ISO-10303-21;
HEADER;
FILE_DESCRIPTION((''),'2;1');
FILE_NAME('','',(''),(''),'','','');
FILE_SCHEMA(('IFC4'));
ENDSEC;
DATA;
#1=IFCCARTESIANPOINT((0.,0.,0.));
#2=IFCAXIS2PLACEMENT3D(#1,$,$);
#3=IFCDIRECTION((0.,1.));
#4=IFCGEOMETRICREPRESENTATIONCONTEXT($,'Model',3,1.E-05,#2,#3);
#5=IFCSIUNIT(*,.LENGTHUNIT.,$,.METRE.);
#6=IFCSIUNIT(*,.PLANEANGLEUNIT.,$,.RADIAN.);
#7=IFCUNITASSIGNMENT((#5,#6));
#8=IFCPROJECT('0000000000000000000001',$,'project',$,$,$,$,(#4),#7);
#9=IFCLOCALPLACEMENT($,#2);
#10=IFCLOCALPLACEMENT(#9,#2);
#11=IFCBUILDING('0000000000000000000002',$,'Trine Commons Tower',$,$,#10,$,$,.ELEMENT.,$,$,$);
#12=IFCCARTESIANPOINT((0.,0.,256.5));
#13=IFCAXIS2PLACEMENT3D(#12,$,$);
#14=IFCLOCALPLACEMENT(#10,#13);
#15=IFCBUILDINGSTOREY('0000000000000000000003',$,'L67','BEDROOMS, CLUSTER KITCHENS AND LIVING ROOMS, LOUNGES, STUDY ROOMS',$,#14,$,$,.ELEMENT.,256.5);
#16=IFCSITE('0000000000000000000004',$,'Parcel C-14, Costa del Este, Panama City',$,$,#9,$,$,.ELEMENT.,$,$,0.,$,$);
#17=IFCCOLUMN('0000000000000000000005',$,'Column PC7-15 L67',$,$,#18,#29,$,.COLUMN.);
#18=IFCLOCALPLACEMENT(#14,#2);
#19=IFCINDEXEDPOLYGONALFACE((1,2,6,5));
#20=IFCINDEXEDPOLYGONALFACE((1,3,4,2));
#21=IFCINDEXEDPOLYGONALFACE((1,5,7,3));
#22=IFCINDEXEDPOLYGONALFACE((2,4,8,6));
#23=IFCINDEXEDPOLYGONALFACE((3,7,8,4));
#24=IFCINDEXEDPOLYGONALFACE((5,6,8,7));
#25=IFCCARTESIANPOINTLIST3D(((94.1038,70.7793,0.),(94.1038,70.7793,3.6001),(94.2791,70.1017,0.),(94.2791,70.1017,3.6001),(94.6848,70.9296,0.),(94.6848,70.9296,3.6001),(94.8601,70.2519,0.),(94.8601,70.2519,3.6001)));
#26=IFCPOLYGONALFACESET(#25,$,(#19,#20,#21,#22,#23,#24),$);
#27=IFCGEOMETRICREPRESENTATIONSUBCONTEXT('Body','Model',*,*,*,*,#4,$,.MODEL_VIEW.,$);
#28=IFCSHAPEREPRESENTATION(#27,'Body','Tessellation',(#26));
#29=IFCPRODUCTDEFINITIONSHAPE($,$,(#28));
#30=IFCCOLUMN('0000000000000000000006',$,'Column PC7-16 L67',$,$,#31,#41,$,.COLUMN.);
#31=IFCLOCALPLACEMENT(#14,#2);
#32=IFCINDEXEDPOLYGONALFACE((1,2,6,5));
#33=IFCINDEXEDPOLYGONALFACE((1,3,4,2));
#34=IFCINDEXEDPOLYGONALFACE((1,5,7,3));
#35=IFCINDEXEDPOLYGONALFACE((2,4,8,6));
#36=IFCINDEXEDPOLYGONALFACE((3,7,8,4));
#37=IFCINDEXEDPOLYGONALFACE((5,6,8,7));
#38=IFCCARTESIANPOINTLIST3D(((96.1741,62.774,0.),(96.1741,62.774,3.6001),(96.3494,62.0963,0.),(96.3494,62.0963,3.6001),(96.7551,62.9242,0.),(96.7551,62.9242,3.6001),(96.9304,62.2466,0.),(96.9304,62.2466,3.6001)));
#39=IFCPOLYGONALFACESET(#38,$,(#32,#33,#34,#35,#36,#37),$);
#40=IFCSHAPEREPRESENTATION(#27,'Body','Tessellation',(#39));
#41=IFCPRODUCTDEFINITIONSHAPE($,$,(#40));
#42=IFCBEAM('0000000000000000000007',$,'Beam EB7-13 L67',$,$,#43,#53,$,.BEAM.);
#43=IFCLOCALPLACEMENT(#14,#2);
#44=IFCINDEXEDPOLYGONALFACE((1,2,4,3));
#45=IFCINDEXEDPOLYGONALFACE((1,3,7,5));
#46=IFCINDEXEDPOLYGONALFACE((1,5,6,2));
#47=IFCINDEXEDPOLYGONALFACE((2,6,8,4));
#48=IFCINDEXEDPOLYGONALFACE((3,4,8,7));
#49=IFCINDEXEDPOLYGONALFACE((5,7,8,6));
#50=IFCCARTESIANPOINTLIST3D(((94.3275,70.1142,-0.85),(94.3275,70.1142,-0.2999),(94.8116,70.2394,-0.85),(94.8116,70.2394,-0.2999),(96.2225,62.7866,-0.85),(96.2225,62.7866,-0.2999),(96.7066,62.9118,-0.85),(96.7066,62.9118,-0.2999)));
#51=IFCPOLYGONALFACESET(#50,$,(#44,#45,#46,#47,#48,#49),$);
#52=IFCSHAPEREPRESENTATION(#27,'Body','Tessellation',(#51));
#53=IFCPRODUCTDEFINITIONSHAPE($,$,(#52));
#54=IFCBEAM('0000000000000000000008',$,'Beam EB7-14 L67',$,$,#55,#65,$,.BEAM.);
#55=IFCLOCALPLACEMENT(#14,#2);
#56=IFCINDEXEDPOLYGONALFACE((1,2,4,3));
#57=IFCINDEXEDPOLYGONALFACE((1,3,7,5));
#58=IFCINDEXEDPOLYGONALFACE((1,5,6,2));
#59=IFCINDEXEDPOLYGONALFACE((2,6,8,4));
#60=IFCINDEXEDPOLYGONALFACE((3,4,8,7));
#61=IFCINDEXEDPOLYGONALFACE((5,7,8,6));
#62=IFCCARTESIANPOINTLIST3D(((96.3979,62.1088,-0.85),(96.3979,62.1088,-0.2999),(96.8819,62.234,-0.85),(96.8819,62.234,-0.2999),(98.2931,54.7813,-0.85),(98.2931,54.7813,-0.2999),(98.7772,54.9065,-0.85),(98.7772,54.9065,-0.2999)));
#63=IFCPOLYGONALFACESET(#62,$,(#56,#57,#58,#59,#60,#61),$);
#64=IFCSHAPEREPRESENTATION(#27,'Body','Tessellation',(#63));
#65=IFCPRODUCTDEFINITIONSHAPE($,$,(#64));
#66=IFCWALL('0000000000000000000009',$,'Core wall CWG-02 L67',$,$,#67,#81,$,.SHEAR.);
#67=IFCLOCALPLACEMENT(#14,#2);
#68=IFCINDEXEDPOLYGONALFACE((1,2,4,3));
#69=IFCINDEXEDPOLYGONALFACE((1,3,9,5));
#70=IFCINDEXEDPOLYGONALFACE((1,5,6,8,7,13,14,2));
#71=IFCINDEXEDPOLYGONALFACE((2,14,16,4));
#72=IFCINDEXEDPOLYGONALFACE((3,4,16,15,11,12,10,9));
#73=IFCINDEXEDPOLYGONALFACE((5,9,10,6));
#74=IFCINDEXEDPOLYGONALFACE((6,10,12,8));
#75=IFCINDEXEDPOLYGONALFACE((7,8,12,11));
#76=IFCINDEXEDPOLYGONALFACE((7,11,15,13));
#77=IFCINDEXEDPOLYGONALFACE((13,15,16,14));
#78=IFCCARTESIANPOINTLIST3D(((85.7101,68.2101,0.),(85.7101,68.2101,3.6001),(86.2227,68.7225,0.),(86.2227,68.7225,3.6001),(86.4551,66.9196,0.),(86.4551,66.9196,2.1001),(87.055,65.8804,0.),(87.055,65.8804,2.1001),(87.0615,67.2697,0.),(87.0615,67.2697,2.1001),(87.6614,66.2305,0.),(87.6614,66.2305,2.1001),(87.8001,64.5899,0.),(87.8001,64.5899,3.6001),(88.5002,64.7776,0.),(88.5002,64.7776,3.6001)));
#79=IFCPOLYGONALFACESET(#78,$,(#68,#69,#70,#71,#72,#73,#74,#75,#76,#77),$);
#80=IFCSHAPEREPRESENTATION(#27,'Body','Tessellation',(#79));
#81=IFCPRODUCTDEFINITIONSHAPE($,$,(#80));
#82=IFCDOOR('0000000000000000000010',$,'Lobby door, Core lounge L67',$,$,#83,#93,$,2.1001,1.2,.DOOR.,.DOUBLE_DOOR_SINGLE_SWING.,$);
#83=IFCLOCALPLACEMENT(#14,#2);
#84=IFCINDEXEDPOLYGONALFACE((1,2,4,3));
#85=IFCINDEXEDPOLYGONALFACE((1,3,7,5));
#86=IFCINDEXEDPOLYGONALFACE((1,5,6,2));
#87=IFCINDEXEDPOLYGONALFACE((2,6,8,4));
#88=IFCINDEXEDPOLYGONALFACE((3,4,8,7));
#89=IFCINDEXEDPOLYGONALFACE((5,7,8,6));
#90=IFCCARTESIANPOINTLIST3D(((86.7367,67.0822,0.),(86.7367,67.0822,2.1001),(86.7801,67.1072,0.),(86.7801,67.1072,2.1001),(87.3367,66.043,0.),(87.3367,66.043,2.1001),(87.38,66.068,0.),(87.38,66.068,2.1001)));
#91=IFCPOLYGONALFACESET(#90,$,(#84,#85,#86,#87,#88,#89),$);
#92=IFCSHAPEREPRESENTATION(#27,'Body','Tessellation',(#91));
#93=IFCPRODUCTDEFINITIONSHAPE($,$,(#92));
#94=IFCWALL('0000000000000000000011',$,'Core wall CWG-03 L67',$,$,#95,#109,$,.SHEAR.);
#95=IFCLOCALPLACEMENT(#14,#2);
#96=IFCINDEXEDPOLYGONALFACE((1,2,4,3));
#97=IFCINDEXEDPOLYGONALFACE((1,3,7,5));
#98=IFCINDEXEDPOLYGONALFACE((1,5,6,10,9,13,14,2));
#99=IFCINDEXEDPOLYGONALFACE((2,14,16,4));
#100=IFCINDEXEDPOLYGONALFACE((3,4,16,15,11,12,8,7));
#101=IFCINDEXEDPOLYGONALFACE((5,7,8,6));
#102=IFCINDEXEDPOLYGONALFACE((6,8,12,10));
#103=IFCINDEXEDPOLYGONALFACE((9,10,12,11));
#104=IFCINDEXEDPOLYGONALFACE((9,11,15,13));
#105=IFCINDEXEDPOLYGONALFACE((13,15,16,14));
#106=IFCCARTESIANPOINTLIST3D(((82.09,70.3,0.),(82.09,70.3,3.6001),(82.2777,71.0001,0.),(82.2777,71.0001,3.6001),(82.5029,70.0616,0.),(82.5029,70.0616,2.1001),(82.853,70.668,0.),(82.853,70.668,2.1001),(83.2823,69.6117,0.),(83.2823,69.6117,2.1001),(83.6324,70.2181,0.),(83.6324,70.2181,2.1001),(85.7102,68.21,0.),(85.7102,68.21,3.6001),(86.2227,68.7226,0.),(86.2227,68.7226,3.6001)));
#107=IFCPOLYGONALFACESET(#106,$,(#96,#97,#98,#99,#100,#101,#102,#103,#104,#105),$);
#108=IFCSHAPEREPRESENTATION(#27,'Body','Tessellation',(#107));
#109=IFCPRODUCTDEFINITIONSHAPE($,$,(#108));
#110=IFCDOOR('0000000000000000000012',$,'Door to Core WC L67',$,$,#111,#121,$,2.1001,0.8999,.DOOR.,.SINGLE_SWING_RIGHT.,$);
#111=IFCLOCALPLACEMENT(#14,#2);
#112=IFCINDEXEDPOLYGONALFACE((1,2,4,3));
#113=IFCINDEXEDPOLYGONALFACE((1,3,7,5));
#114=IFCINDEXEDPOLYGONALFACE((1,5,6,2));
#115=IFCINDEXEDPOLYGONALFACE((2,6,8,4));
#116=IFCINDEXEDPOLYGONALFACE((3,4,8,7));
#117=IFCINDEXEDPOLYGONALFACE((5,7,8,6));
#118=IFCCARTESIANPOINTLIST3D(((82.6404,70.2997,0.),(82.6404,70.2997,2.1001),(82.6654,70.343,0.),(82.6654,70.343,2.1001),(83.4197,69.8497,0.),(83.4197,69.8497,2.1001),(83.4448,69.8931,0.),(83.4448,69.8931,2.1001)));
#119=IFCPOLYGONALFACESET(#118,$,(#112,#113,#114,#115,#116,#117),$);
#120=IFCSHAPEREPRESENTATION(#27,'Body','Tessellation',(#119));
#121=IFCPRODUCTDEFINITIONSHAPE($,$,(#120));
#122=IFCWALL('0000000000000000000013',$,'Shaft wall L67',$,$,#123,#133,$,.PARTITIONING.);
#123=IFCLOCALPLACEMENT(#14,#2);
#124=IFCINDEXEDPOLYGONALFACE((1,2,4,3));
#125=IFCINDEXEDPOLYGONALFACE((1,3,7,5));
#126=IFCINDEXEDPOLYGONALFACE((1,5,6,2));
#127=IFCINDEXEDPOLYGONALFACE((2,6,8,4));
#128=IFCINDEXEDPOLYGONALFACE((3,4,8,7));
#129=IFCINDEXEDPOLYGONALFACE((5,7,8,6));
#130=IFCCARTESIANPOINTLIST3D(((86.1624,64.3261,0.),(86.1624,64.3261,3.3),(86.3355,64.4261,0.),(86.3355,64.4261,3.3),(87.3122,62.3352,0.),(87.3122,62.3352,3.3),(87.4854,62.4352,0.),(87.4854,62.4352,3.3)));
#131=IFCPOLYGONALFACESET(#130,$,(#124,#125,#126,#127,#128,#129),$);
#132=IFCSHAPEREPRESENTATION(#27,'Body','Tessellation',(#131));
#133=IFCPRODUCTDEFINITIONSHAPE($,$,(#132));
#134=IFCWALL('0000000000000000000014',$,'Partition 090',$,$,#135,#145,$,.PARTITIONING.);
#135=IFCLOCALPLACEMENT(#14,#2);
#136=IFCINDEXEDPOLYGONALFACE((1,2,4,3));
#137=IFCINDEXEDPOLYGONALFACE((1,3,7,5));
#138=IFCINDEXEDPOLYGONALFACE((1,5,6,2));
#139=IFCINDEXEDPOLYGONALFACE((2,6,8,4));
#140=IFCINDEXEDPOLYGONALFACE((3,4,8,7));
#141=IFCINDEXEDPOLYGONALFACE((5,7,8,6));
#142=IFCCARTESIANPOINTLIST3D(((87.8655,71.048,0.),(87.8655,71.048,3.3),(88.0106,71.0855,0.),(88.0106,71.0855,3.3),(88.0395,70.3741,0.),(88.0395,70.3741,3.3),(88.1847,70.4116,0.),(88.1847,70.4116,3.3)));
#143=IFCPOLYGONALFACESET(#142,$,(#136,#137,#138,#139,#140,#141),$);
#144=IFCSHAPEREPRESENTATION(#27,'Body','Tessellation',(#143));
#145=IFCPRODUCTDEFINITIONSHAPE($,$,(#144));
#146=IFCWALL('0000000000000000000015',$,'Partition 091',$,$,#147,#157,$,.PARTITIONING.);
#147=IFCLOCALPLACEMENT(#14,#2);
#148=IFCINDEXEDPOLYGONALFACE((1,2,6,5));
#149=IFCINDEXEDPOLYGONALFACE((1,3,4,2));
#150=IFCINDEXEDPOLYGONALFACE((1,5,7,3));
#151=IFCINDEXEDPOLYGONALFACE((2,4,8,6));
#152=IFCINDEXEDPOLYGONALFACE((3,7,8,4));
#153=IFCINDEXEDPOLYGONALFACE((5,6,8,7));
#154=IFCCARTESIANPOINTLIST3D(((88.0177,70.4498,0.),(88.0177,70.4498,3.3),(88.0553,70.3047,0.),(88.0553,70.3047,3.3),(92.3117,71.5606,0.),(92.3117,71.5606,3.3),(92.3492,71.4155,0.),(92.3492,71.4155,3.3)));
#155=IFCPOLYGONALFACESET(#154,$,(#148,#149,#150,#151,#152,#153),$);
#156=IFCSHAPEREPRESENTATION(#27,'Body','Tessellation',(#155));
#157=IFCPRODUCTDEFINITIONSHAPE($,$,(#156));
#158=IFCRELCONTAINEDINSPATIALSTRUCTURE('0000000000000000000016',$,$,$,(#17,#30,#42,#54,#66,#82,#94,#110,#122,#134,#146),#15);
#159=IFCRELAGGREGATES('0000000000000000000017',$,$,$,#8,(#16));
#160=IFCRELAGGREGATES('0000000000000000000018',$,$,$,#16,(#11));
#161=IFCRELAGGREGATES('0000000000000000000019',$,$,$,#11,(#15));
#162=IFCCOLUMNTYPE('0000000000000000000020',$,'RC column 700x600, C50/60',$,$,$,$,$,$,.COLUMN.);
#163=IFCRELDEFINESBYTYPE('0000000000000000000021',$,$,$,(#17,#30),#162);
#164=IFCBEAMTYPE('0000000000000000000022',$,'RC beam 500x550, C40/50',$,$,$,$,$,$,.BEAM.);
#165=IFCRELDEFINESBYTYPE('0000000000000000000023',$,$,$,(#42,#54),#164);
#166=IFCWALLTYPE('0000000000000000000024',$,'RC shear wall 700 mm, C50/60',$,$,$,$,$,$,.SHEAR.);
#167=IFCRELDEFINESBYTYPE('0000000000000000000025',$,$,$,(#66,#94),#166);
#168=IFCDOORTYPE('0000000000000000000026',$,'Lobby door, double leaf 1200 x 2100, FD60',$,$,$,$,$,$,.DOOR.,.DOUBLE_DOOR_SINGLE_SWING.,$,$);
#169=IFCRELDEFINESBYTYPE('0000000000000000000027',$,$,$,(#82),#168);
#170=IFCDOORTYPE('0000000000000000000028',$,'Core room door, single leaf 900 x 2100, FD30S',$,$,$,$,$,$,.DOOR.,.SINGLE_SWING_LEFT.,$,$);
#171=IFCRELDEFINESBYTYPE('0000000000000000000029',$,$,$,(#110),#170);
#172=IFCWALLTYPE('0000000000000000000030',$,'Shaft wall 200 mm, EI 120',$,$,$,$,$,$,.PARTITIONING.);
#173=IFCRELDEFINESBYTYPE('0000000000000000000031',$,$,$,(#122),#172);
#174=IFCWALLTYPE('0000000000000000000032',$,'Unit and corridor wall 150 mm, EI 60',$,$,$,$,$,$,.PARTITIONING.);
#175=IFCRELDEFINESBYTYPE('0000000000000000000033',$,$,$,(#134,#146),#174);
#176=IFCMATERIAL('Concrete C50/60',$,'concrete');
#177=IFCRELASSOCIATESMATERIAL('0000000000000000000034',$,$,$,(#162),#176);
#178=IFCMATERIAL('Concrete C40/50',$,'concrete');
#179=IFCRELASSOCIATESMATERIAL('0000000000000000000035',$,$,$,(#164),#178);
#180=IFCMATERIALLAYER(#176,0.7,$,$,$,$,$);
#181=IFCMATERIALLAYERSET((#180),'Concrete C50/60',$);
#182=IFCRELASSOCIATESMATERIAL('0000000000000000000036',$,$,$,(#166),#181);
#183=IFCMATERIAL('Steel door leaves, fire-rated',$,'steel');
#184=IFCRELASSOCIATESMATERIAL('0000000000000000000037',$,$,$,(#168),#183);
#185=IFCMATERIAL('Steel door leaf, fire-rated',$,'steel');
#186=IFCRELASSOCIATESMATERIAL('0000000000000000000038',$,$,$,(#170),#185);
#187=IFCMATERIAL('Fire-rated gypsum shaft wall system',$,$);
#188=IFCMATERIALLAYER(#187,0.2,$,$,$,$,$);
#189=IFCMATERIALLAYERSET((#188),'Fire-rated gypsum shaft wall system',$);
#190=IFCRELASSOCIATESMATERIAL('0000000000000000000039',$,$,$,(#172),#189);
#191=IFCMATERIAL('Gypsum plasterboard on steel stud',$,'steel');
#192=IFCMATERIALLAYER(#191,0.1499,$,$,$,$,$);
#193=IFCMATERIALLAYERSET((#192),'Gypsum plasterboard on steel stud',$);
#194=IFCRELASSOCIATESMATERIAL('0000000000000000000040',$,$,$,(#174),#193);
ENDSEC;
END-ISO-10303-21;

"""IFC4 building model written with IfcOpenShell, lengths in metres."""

from ifc_helpers import new_model, si_unit, direction, frame, frame_2d, origin, origin_2d, place, context, subcontext, project, spatial, polyline, rectangle, outline, extrude, material, layer, layer_set, material_profile, profile_set, type_object, element, fill, save


model = new_model("IFC4")

# Units and contexts
model_context = context("Model", 3, precision=1e-05, world=origin(), true_north=direction((0.0, 1.0)))
body_context = subcontext(model_context, "Body", "Model", "MODEL_VIEW")
ifc_project = project(units=[si_unit("LENGTHUNIT", "METRE"), si_unit("PLANEANGLEUNIT", "RADIAN")], contexts=[model_context])

# Site, building, storey
site_placement = place(None, origin())
site = spatial("IfcSite", under=ifc_project, at=site_placement, Name="Parcel C-14, Costa del Este, Panama City", CompositionType="ELEMENT", RefElevation=0.0)
building_placement = place(site_placement, origin())
building = spatial("IfcBuilding", under=site, at=building_placement, Name="Trine Commons Tower", CompositionType="ELEMENT")
storey_placement = place(building_placement, frame((0.0, 0.0, 256.5)))
storey = spatial("IfcBuildingStorey", under=building, at=storey_placement, Name="L67", Description="BEDROOMS, CLUSTER KITCHENS AND LIVING ROOMS, LOUNGES, STUDY ROOMS", CompositionType="ELEMENT", Elevation=256.5)

# Columns
ifc_material_1 = material(Name="Concrete C50/60", Category="concrete")
ifc_material_profile_1 = material_profile(ifc_material_1, rectangle(XDim=0.7, YDim=0.6001, at=origin_2d()), Name="RC 700x600")
ifc_profile_set_1 = profile_set([ifc_material_profile_1], Name="Concrete C50/60")
column_type = type_object("IfcColumnType", Name="RC column 700x600, C50/60", PredefinedType="COLUMN", material=ifc_profile_set_1)
for number, where, z_axis, x_axis, name in (
    (1, (94.4819, 70.5156, 0.0), (0.0, 0.0, 1.0), (-0.25038, 0.968148, 0.0), "Column PC7-15 L67"),
    (2, (96.5522, 62.5103, 0.0), (0.0, 0.0, 1.0), (-0.25038, 0.968148, 0.0), "Column PC7-16 L67"),
):
    element("IfcColumn", number, at=place(storey_placement, frame(where, z_axis=z_axis, x_axis=x_axis)), inside=storey, type_object=column_type, Name=name, PredefinedType="COLUMN", context=body_context, shape_type="SweptSolid", body=[
        extrude(rectangle(XDim=0.7, YDim=0.6001, at=origin_2d()), origin(), (0.0, 0.0, 1.0), 3.6001),
    ])

# Beams
ifc_material_2 = material(Name="Concrete C40/50", Category="concrete")
ifc_material_profile_2 = material_profile(ifc_material_2, rectangle(XDim=0.5, YDim=0.55, at=origin_2d()), Name="RC 500x550")
ifc_profile_set_2 = profile_set([ifc_material_profile_2], Name="Concrete C40/50")
beam_type = type_object("IfcBeamType", Name="RC beam 500x550, C40/50", PredefinedType="BEAM", material=ifc_profile_set_2)
for number, where, z_axis, x_axis, name in (
    (3, (94.5696, 70.1768, -0.575), (0.250376, -0.968149, 0.0), (0.968149, 0.250376, 0.0), "Beam EB7-13 L67"),
    (4, (96.6399, 62.1714, -0.575), (0.250414, -0.968139, 0.0), (0.968139, 0.250414, 0.0), "Beam EB7-14 L67"),
):
    element("IfcBeam", number, at=place(storey_placement, frame(where, z_axis=z_axis, x_axis=x_axis)), inside=storey, type_object=beam_type, Name=name, PredefinedType="BEAM", context=body_context, shape_type="SweptSolid", body=[
        extrude(rectangle(XDim=0.5, YDim=0.55, at=origin_2d()), origin(), (0.0, 0.0, 1.0), 7.5686),
    ])

# Walls, openings, doors
ifc_layer_1 = layer(ifc_material_1, 0.7)
ifc_layer_set_1 = layer_set([ifc_layer_1], Name="Concrete C50/60")
wall_type_1 = type_object("IfcWallType", Name="RC shear wall 700 mm, C50/60", PredefinedType="SHEAR", material=ifc_layer_set_1)
wall_1_placement = place(storey_placement, frame((88.197, 64.6025, 0.0), z_axis=(0.0, 0.0, 1.0), x_axis=(-0.499984, 0.866035, 0.0)))
wall_1 = element("IfcWall", 5, at=wall_1_placement, inside=storey, type_object=wall_type_1, Name="Core wall CWG-02 L67", PredefinedType="SHEAR", context=body_context, shape_type="SweptSolid", body=[
    extrude(outline(polyline([(0.0, -0.3501), (4.5552, -0.3501), (4.3677, 0.3501), (0.1875, 0.3501), (0.0, -0.3501)])), origin(), (0.0, 0.0, 1.0), 3.6001),
])
opening_1_placement = place(wall_1_placement, frame((1.6775, 0.0, 0.0)))
opening_1 = element("IfcOpeningElement", 6, at=opening_1_placement, cuts=wall_1, PredefinedType="OPENING", context=body_context, shape_type="SweptSolid", body=[
    extrude(rectangle(XDim=1.2, YDim=2.1001, at=frame_2d((0.6001, 1.05))), frame((0.0, 0.3599, 0.0), z_axis=(0.0, -1.0, 0.0), x_axis=(1.0, 0.0, 0.0)), (0.0, 0.0, 1.0), 0.72),
])
ifc_material_3 = material(Name="Steel door leaves, fire-rated", Category="steel")
door_type_1 = type_object("IfcDoorType", Name="Lobby door, double leaf 1200 x 2100, FD60", OperationType="DOUBLE_DOOR_SINGLE_SWING", PredefinedType="DOOR", material=ifc_material_3)
door_1_placement = place(opening_1_placement, origin())
door_1 = element("IfcDoor", 7, at=door_1_placement, inside=storey, type_object=door_type_1, Name="Lobby door, Core lounge L67", OperationType="DOUBLE_DOOR_SINGLE_SWING", OverallHeight=2.1001, OverallWidth=1.2, PredefinedType="DOOR", context=body_context, shape_type="SweptSolid", body=[
    extrude(rectangle(XDim=1.2, YDim=2.1001, at=frame_2d((0.6001, 1.05))), frame((0.0, 0.0249, 0.0), z_axis=(0.0, -1.0, 0.0), x_axis=(1.0, 0.0, 0.0)), (0.0, 0.0, 1.0), 0.05),
])
fill(opening_1, door_1)
wall_2_placement = place(storey_placement, frame((86.0476, 68.4194, 0.0), z_axis=(0.0, 0.0, 1.0), x_axis=(-0.866035, 0.499984, 0.0)))
wall_2 = element("IfcWall", 8, at=wall_2_placement, inside=storey, type_object=wall_type_1, Name="Core wall CWG-03 L67", PredefinedType="SHEAR", context=body_context, shape_type="SweptSolid", body=[
    extrude(outline(polyline([(0.0, -0.3501), (4.5552, -0.3501), (4.3677, 0.3501), (0.1875, 0.3501), (0.0, -0.3501)])), origin(), (0.0, 0.0, 1.0), 3.6001),
])
opening_2_placement = place(wall_2_placement, frame((2.991, 0.0, 0.0)))
opening_2 = element("IfcOpeningElement", 9, at=opening_2_placement, cuts=wall_2, PredefinedType="OPENING", context=body_context, shape_type="SweptSolid", body=[
    extrude(rectangle(XDim=0.8999, YDim=2.1001, at=frame_2d((0.45, 1.05))), frame((0.0, 0.3599, 0.0), z_axis=(0.0, -1.0, 0.0), x_axis=(1.0, 0.0, 0.0)), (0.0, 0.0, 1.0), 0.72),
])
ifc_material_4 = material(Name="Steel door leaf, fire-rated", Category="steel")
door_type_2 = type_object("IfcDoorType", Name="Core room door, single leaf 900 x 2100, FD30S", OperationType="SINGLE_SWING_LEFT", PredefinedType="DOOR", material=ifc_material_4)
door_2_placement = place(opening_2_placement, origin())
door_2 = element("IfcDoor", 10, at=door_2_placement, inside=storey, type_object=door_type_2, Name="Door to Core WC L67", OperationType="SINGLE_SWING_RIGHT", OverallHeight=2.1001, OverallWidth=0.8999, PredefinedType="DOOR", context=body_context, shape_type="SweptSolid", body=[
    extrude(rectangle(XDim=0.8999, YDim=2.1001, at=frame_2d((0.45, 1.05))), frame((0.0, 0.0752, 0.0), z_axis=(0.0, -1.0, 0.0), x_axis=(1.0, 0.0, 0.0)), (0.0, 0.0, 1.0), 0.05),
])
fill(opening_2, door_2)

# Walls
ifc_material_5 = material(Name="Fire-rated gypsum shaft wall system")
ifc_layer_2 = layer(ifc_material_5, 0.2)
ifc_layer_set_2 = layer_set([ifc_layer_2], Name="Fire-rated gypsum shaft wall system")
wall_type_2 = type_object("IfcWallType", Name="Shaft wall 200 mm, EI 120", PredefinedType="PARTITIONING", material=ifc_layer_set_2)
wall_3_placement = place(storey_placement, frame((86.249, 64.376, 0.0), z_axis=(0.0, 0.0, 1.0), x_axis=(0.500136, -0.865947, 0.0)))
element("IfcWall", 11, at=wall_3_placement, inside=storey, type_object=wall_type_2, Name="Shaft wall L67", PredefinedType="PARTITIONING", context=body_context, shape_type="SweptSolid", body=[
    extrude(rectangle(XDim=2.2991, YDim=0.2, at=frame_2d((1.1494, 0.0))), origin(), (0.0, 0.0, 1.0), 3.3),
])
ifc_material_6 = material(Name="Gypsum plasterboard on steel stud", Category="steel")
ifc_layer_3 = layer(ifc_material_6, 0.1499)
ifc_layer_set_3 = layer_set([ifc_layer_3], Name="Gypsum plasterboard on steel stud")
wall_type_3 = type_object("IfcWallType", Name="Unit and corridor wall 150 mm, EI 60", PredefinedType="PARTITIONING", material=ifc_layer_set_3)
wall_4_placement = place(storey_placement, frame((87.938, 71.0669, 0.0), z_axis=(0.0, 0.0, 1.0), x_axis=(0.250122, -0.968214, 0.0)))
element("IfcWall", 12, at=wall_4_placement, inside=storey, type_object=wall_type_3, Name="Partition 090", PredefinedType="PARTITIONING", context=body_context, shape_type="SweptSolid", body=[
    extrude(rectangle(XDim=0.696, YDim=0.1499, at=frame_2d((0.3481, 0.0))), origin(), (0.0, 0.0, 1.0), 3.3),
])
wall_5_placement = place(storey_placement, frame((88.0364, 70.3772, 0.0), z_axis=(0.0, 0.0, 1.0), x_axis=(0.968129, 0.250454, 0.0)))
element("IfcWall", 13, at=wall_5_placement, inside=storey, type_object=wall_type_3, Name="Partition 091", PredefinedType="PARTITIONING", context=body_context, shape_type="SweptSolid", body=[
    extrude(rectangle(XDim=4.4353, YDim=0.1499, at=frame_2d((2.2178, 0.0))), origin(), (0.0, 0.0, 1.0), 3.3),
])

save(model, "model.ifc")
